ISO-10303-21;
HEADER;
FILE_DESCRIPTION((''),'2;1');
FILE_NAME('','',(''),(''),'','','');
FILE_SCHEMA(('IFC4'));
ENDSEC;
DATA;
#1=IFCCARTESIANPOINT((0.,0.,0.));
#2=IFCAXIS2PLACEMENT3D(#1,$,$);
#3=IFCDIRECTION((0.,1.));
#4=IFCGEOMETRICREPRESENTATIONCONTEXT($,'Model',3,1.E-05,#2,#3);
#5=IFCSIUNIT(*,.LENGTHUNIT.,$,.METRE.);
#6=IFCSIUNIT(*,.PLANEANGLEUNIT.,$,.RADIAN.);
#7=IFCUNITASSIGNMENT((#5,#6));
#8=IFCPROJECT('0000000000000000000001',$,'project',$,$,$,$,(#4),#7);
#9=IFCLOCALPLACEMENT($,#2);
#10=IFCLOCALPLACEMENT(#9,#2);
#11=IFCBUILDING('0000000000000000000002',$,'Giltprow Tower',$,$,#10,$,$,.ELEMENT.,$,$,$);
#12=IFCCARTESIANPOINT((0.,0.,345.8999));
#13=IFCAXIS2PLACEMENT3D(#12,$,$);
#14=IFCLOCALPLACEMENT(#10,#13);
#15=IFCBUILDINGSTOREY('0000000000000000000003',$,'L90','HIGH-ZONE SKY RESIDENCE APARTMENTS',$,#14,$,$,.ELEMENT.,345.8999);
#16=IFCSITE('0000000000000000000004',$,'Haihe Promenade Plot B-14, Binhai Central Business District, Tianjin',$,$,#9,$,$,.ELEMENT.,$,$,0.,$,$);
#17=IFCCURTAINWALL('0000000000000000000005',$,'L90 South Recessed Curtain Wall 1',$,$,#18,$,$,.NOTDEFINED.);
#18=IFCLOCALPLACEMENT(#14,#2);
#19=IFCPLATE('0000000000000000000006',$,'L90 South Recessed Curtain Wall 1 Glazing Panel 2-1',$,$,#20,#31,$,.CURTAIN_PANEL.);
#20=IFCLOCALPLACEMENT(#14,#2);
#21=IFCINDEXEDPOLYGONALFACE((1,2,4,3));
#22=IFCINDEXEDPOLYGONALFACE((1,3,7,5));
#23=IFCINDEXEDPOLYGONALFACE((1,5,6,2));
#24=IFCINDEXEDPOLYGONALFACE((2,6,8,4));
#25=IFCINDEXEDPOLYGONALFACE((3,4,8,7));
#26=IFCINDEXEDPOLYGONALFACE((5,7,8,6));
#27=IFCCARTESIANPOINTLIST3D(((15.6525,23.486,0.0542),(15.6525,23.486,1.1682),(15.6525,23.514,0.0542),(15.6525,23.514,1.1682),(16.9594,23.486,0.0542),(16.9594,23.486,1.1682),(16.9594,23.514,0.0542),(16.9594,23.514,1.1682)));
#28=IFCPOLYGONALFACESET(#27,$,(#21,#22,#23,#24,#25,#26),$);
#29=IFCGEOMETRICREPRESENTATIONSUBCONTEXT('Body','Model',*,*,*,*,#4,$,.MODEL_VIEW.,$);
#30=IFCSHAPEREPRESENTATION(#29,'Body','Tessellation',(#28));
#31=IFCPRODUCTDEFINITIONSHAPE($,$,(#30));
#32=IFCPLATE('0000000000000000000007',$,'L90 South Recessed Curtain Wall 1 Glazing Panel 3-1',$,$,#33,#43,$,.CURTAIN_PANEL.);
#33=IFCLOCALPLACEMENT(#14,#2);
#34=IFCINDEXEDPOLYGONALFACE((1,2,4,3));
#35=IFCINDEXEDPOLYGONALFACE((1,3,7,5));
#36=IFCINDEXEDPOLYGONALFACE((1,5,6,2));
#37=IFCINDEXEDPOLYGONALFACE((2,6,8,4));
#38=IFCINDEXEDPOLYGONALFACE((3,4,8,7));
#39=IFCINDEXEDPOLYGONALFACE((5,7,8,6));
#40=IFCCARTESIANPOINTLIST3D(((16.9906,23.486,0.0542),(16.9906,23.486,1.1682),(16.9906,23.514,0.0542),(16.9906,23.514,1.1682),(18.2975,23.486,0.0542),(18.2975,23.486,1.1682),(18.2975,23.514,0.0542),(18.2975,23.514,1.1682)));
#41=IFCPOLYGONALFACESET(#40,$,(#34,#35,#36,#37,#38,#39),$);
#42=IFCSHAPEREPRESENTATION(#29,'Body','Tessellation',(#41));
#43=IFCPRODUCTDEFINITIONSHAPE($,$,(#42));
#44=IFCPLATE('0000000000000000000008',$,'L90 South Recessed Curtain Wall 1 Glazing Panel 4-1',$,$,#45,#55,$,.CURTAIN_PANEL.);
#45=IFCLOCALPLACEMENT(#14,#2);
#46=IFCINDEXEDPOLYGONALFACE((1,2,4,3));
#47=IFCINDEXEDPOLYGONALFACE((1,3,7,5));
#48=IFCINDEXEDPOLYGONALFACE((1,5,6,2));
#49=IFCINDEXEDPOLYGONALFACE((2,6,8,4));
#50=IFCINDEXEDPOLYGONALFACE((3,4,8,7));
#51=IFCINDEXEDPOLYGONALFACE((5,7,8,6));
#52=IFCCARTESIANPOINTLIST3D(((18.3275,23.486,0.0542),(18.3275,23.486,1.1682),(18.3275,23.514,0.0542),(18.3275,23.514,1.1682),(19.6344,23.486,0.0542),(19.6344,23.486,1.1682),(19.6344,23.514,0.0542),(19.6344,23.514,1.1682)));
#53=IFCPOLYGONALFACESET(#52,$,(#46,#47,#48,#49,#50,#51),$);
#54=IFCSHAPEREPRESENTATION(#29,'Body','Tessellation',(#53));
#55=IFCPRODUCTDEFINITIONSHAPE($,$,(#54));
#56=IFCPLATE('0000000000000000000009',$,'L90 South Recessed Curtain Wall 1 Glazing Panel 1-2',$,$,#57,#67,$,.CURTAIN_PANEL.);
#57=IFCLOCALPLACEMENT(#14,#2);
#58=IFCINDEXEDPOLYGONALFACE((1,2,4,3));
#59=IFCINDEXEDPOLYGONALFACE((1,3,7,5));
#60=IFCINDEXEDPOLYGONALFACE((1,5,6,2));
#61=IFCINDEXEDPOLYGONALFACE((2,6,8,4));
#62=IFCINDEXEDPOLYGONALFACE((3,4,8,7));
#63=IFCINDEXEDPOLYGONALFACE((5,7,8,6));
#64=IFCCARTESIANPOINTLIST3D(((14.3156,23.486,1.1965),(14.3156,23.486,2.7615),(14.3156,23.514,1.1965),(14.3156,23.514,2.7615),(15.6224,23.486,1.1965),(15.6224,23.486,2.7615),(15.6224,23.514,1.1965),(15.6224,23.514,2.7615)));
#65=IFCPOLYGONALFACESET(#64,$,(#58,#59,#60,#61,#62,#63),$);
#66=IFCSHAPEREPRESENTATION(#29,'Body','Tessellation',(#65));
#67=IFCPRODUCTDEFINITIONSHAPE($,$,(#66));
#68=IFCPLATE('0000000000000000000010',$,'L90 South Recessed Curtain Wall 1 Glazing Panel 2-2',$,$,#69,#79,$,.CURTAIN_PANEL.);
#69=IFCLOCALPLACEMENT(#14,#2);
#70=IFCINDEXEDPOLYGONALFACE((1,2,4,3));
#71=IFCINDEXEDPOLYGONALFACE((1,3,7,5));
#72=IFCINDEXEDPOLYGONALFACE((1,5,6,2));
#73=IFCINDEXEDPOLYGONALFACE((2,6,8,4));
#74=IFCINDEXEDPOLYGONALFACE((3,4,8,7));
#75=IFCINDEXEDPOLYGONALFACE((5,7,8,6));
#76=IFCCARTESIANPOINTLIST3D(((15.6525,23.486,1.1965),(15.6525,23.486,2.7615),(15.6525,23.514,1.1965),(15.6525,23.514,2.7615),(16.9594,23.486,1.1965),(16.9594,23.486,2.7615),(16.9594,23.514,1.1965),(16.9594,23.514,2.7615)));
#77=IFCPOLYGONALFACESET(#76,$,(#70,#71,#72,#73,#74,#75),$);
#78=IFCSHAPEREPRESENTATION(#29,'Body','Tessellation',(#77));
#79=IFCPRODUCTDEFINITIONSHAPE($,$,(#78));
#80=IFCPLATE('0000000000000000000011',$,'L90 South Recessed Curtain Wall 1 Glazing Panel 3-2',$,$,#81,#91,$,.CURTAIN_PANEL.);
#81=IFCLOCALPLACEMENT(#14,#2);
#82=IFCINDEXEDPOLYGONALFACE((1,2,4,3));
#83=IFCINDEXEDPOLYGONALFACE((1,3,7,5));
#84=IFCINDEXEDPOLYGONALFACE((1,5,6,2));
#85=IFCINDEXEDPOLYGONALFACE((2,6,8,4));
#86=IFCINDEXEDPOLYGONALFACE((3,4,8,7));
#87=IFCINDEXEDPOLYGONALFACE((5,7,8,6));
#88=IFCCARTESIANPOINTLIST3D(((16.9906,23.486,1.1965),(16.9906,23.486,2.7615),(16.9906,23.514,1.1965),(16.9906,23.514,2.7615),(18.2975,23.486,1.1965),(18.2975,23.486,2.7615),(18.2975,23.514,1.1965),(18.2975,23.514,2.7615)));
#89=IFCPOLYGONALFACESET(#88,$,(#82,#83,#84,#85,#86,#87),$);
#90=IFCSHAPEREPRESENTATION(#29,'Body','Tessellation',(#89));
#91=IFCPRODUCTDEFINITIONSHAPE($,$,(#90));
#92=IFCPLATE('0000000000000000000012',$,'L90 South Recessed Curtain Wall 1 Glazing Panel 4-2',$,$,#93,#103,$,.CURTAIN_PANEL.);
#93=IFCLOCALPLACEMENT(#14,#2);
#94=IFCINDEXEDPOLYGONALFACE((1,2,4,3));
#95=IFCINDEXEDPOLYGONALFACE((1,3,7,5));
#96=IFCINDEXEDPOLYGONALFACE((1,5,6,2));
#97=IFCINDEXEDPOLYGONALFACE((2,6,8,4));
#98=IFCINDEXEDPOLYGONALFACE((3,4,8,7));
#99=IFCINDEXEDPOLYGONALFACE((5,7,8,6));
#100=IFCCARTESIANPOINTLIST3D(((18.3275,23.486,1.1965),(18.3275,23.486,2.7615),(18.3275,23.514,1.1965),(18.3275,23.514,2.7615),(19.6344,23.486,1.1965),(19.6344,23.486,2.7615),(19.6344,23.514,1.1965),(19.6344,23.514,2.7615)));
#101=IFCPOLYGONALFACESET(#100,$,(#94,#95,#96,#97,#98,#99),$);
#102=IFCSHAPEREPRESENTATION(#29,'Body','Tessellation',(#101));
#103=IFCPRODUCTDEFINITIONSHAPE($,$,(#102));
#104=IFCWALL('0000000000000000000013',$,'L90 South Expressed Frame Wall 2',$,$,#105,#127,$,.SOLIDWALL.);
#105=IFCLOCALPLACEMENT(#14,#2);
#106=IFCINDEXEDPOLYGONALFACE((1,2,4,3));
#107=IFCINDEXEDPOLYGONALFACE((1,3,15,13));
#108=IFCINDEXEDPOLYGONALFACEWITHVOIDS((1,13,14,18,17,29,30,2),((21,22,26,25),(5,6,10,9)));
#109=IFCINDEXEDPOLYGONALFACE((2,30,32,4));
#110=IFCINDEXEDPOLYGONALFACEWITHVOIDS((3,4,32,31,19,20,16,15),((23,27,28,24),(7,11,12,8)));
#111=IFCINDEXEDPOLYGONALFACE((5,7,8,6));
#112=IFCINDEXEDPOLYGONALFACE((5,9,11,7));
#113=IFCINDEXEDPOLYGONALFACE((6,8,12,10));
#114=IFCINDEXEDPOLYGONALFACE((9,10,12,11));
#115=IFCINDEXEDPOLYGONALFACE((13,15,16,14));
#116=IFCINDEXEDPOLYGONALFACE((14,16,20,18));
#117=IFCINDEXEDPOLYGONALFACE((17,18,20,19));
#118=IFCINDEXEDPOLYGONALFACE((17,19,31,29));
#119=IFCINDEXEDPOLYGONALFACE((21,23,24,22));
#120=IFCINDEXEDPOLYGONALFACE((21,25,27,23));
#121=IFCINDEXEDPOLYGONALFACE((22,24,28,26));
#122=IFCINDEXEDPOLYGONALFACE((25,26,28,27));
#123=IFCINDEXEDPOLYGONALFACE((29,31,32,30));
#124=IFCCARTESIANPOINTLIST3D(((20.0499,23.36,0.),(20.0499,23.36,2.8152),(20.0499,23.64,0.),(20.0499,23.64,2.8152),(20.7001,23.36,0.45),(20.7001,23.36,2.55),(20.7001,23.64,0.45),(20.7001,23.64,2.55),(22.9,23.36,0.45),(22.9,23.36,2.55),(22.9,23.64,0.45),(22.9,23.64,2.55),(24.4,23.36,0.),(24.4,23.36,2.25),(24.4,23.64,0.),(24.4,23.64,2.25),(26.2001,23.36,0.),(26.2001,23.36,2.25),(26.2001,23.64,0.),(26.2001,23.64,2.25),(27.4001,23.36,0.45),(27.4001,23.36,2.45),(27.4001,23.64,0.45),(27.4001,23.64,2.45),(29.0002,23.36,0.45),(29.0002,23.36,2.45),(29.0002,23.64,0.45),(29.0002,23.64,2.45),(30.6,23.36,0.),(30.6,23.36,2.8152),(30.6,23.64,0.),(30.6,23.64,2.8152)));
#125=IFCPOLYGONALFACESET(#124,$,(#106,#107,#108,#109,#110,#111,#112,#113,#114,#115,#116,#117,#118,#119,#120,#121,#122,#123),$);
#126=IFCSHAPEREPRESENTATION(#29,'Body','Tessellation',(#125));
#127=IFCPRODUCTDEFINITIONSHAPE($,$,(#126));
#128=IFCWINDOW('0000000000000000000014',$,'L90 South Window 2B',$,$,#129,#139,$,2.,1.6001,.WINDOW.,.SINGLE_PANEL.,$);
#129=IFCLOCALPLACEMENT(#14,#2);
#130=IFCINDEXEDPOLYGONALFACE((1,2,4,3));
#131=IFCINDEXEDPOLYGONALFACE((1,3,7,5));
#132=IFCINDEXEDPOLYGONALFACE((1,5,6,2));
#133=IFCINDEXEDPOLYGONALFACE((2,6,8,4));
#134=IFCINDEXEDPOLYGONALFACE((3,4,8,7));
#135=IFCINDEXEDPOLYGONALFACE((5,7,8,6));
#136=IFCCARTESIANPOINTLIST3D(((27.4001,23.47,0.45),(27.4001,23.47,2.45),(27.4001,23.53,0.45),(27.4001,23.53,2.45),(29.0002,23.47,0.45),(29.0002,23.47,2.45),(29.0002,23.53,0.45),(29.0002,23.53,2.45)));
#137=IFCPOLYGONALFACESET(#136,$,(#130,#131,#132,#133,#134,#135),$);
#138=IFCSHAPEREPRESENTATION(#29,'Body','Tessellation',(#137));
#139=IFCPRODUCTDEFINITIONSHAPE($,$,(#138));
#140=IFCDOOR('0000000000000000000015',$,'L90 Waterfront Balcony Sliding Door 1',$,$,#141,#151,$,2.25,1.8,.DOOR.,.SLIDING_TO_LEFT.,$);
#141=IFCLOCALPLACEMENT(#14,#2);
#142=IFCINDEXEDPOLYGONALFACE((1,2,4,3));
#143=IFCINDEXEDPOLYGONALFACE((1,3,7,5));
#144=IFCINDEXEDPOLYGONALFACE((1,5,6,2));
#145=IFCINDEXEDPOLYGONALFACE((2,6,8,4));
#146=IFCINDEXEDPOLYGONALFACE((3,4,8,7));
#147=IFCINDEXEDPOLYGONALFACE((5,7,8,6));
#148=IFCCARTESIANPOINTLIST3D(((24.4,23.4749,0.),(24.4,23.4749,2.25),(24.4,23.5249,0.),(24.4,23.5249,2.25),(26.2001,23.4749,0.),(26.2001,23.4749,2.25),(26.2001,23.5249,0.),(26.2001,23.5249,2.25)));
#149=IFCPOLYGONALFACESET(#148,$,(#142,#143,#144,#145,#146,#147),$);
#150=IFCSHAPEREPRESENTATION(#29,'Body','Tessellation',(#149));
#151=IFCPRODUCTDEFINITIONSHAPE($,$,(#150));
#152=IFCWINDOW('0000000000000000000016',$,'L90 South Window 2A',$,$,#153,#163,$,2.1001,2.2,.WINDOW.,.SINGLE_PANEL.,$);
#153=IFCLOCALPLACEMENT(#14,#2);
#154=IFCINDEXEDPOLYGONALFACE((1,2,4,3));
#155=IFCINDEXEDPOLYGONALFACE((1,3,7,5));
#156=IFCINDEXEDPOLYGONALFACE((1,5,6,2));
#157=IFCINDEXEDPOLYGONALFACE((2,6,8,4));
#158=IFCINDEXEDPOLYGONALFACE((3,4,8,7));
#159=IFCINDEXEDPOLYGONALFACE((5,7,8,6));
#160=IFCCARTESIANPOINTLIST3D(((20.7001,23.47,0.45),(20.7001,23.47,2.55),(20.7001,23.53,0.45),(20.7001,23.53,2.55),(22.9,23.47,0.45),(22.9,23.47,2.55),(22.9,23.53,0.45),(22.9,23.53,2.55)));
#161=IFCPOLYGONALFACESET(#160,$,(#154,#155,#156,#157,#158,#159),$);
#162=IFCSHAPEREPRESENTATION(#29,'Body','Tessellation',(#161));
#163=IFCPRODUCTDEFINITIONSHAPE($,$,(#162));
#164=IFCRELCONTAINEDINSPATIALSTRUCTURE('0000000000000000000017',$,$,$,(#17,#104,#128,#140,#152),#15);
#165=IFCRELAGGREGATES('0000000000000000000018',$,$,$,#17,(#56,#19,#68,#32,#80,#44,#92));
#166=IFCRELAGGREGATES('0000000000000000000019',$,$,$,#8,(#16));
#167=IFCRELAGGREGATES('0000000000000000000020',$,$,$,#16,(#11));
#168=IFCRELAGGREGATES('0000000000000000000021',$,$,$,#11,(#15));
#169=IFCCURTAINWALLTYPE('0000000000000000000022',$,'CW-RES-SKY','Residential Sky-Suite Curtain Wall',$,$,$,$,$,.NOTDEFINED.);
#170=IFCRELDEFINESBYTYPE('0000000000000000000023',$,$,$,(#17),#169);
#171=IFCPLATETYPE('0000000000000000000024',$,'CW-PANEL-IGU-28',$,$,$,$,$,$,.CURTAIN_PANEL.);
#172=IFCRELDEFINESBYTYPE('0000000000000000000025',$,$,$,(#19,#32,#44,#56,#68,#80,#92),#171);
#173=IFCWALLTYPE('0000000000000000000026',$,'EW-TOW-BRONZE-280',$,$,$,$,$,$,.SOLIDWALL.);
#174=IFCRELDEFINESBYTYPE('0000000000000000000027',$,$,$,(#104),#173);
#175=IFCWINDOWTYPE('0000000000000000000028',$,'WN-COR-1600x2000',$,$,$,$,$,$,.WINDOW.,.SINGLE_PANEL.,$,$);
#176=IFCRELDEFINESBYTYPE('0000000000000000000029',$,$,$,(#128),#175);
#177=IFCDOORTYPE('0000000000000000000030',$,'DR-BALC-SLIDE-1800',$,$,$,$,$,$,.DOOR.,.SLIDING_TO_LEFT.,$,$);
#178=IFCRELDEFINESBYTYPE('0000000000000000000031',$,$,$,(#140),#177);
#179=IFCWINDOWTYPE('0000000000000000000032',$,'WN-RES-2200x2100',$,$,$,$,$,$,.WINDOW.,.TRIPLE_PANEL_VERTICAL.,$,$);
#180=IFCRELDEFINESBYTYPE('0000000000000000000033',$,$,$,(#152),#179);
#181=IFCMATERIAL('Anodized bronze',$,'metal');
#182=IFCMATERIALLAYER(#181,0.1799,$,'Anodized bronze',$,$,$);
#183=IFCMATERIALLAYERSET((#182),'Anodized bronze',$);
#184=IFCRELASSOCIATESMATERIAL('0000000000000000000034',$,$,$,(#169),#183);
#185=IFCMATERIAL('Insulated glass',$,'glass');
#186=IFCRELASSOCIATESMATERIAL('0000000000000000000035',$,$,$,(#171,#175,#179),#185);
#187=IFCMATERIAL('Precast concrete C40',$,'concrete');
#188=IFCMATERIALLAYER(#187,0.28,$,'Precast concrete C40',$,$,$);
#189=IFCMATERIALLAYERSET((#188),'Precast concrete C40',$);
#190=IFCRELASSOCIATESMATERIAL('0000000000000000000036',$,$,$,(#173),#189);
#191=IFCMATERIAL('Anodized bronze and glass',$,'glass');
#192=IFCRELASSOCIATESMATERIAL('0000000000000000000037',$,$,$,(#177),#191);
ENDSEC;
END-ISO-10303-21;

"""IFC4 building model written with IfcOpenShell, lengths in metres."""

from ifc_helpers import new_model, si_unit, direction, frame, frame_2d, origin, origin_2d, place, context, subcontext, project, spatial, rectangle, extrude, source, transform, mapped, material, layer, layer_set, type_object, element, fill, aggregate, save


model = new_model("IFC4")

# Units and contexts
model_context = context("Model", 3, precision=1e-05, world=origin(), true_north=direction((0.0, 1.0)))
body_context = subcontext(model_context, "Body", "Model", "MODEL_VIEW")
ifc_project = project(units=[si_unit("LENGTHUNIT", "METRE"), si_unit("PLANEANGLEUNIT", "RADIAN")], contexts=[model_context])

# Site, building, storey
site_placement = place(None, origin())
site = spatial("IfcSite", under=ifc_project, at=site_placement, Name="Haihe Promenade Plot B-14, Binhai Central Business District, Tianjin", CompositionType="ELEMENT", RefElevation=0.0)
building_placement = place(site_placement, origin())
building = spatial("IfcBuilding", under=site, at=building_placement, Name="Giltprow Tower", CompositionType="ELEMENT")
storey_placement = place(building_placement, frame((0.0, 0.0, 345.8999)))
storey = spatial("IfcBuildingStorey", under=building, at=storey_placement, Name="L90", Description="HIGH-ZONE SKY RESIDENCE APARTMENTS", CompositionType="ELEMENT", Elevation=345.8999)

# Curtain wall
ifc_material_1 = material(Name="Anodized bronze", Category="metal")
ifc_layer_1 = layer(ifc_material_1, 0.1799, Name="Anodized bronze")
ifc_layer_set_1 = layer_set([ifc_layer_1], Name="Anodized bronze")
curtain_wall_type = type_object("IfcCurtainWallType", Name="CW-RES-SKY", Description="Residential Sky-Suite Curtain Wall", PredefinedType="NOTDEFINED", material=ifc_layer_set_1)
curtain_wall_placement = place(storey_placement, origin())
curtain_wall = element("IfcCurtainWall", 1, at=curtain_wall_placement, inside=storey, type_object=curtain_wall_type, Name="L90 South Recessed Curtain Wall 1", PredefinedType="NOTDEFINED")

# Plates
ifc_material_2 = material(Name="Insulated glass", Category="glass")
plate_type = type_object("IfcPlateType", Name="CW-PANEL-IGU-28", PredefinedType="CURTAIN_PANEL", material=ifc_material_2)
shared_shape_1 = source(origin(), body_context, "Body", "SweptSolid", [
    extrude(rectangle(XDim=1.3069, YDim=0.0281, at=origin_2d()), origin(), (0.0, 0.0, 1.0), 1.114),
])
plate_1_placement = place(storey_placement, frame((16.3059, 23.5, 0.0542), z_axis=(0.0, 0.0, 1.0), x_axis=(1.0, 0.0, 0.0)))
plate_1 = element("IfcPlate", 2, at=plate_1_placement, type_object=plate_type, Name="L90 South Recessed Curtain Wall 1 Glazing Panel 2-1", PredefinedType="CURTAIN_PANEL", context=body_context, shape_type="MappedRepresentation", body=[
    mapped(shared_shape_1, transform((0.0, 0.0, 0.0), x_axis=(1.0, 0.0, 0.0), y_axis=(0.0, 1.0, 0.0), z_axis=(0.0, 0.0, 1.0), scale=1.0)),
])
plate_2_placement = place(storey_placement, frame((17.644, 23.5, 0.0542), z_axis=(0.0, 0.0, 1.0), x_axis=(1.0, 0.0, 0.0)))
plate_2 = element("IfcPlate", 3, at=plate_2_placement, type_object=plate_type, Name="L90 South Recessed Curtain Wall 1 Glazing Panel 3-1", PredefinedType="CURTAIN_PANEL", context=body_context, shape_type="MappedRepresentation", body=[
    mapped(shared_shape_1, transform((0.0, 0.0, 0.0), x_axis=(1.0, 0.0, 0.0), y_axis=(0.0, 1.0, 0.0), z_axis=(0.0, 0.0, 1.0), scale=1.0)),
])
plate_3_placement = place(storey_placement, frame((18.981, 23.5, 0.0542), z_axis=(0.0, 0.0, 1.0), x_axis=(1.0, 0.0, 0.0)))
plate_3 = element("IfcPlate", 4, at=plate_3_placement, type_object=plate_type, Name="L90 South Recessed Curtain Wall 1 Glazing Panel 4-1", PredefinedType="CURTAIN_PANEL", context=body_context, shape_type="MappedRepresentation", body=[
    mapped(shared_shape_1, transform((0.0, 0.0, 0.0), x_axis=(1.0, 0.0, 0.0), y_axis=(0.0, 1.0, 0.0), z_axis=(0.0, 0.0, 1.0), scale=1.0)),
])
shared_shape_2 = source(origin(), body_context, "Body", "SweptSolid", [
    extrude(rectangle(XDim=1.3069, YDim=0.0281, at=origin_2d()), origin(), (0.0, 0.0, 1.0), 1.5649),
])
plate_4_placement = place(storey_placement, frame((14.969, 23.5, 1.1965), z_axis=(0.0, 0.0, 1.0), x_axis=(1.0, 0.0, 0.0)))
plate_4 = element("IfcPlate", 5, at=plate_4_placement, type_object=plate_type, Name="L90 South Recessed Curtain Wall 1 Glazing Panel 1-2", PredefinedType="CURTAIN_PANEL", context=body_context, shape_type="MappedRepresentation", body=[
    mapped(shared_shape_2, transform((0.0, 0.0, 0.0), x_axis=(1.0, 0.0, 0.0), y_axis=(0.0, 1.0, 0.0), z_axis=(0.0, 0.0, 1.0), scale=1.0)),
])
plate_5_placement = place(storey_placement, frame((16.3059, 23.5, 1.1965), z_axis=(0.0, 0.0, 1.0), x_axis=(1.0, 0.0, 0.0)))
plate_5 = element("IfcPlate", 6, at=plate_5_placement, type_object=plate_type, Name="L90 South Recessed Curtain Wall 1 Glazing Panel 2-2", PredefinedType="CURTAIN_PANEL", context=body_context, shape_type="MappedRepresentation", body=[
    mapped(shared_shape_2, transform((0.0, 0.0, 0.0), x_axis=(1.0, 0.0, 0.0), y_axis=(0.0, 1.0, 0.0), z_axis=(0.0, 0.0, 1.0), scale=1.0)),
])
plate_6_placement = place(storey_placement, frame((17.644, 23.5, 1.1965), z_axis=(0.0, 0.0, 1.0), x_axis=(1.0, 0.0, 0.0)))
plate_6 = element("IfcPlate", 7, at=plate_6_placement, type_object=plate_type, Name="L90 South Recessed Curtain Wall 1 Glazing Panel 3-2", PredefinedType="CURTAIN_PANEL", context=body_context, shape_type="MappedRepresentation", body=[
    mapped(shared_shape_2, transform((0.0, 0.0, 0.0), x_axis=(1.0, 0.0, 0.0), y_axis=(0.0, 1.0, 0.0), z_axis=(0.0, 0.0, 1.0), scale=1.0)),
])
plate_7_placement = place(storey_placement, frame((18.981, 23.5, 1.1965), z_axis=(0.0, 0.0, 1.0), x_axis=(1.0, 0.0, 0.0)))
plate_7 = element("IfcPlate", 8, at=plate_7_placement, type_object=plate_type, Name="L90 South Recessed Curtain Wall 1 Glazing Panel 4-2", PredefinedType="CURTAIN_PANEL", context=body_context, shape_type="MappedRepresentation", body=[
    mapped(shared_shape_2, transform((0.0, 0.0, 0.0), x_axis=(1.0, 0.0, 0.0), y_axis=(0.0, 1.0, 0.0), z_axis=(0.0, 0.0, 1.0), scale=1.0)),
])
aggregate(curtain_wall, [plate_4, plate_1, plate_5, plate_2, plate_6, plate_3, plate_7])

# Wall, openings, windows, door
ifc_material_3 = material(Name="Precast concrete C40", Category="concrete")
ifc_layer_2 = layer(ifc_material_3, 0.28, Name="Precast concrete C40")
ifc_layer_set_2 = layer_set([ifc_layer_2], Name="Precast concrete C40")
wall_type = type_object("IfcWallType", Name="EW-TOW-BRONZE-280", PredefinedType="SOLIDWALL", material=ifc_layer_set_2)
wall_placement = place(storey_placement, frame((20.05, 23.5, 0.0), z_axis=(0.0, 0.0, 1.0), x_axis=(1.0, 0.0, 0.0)))
wall = element("IfcWall", 9, at=wall_placement, inside=storey, type_object=wall_type, Name="L90 South Expressed Frame Wall 2", PredefinedType="SOLIDWALL", context=body_context, shape_type="SweptSolid", body=[
    extrude(rectangle(XDim=10.55, YDim=0.28, at=frame_2d((5.2749, 0.0))), origin(), (0.0, 0.0, 1.0), 2.8152),
])
opening_1_placement = place(wall_placement, frame((4.3501, 0.0, 0.0)))
opening_1 = element("IfcOpeningElement", 10, at=opening_1_placement, cuts=wall, PredefinedType="OPENING", context=body_context, shape_type="SweptSolid", body=[
    extrude(rectangle(XDim=1.8, YDim=2.25, at=frame_2d((0.8999, 1.125))), frame((0.0, 0.1499, 0.0), z_axis=(0.0, -1.0, 0.0), x_axis=(1.0, 0.0, 0.0)), (0.0, 0.0, 1.0), 0.3),
])
opening_2_placement = place(wall_placement, frame((0.6499, 0.0, 0.45)))
opening_2 = element("IfcOpeningElement", 11, at=opening_2_placement, cuts=wall, PredefinedType="OPENING", context=body_context, shape_type="SweptSolid", body=[
    extrude(rectangle(XDim=2.2, YDim=2.1001, at=frame_2d((1.1001, 1.05))), frame((0.0, 0.1499, 0.0), z_axis=(0.0, -1.0, 0.0), x_axis=(1.0, 0.0, 0.0)), (0.0, 0.0, 1.0), 0.3),
])
opening_3_placement = place(wall_placement, frame((7.3501, 0.0, 0.45)))
opening_3 = element("IfcOpeningElement", 12, at=opening_3_placement, cuts=wall, PredefinedType="OPENING", context=body_context, shape_type="SweptSolid", body=[
    extrude(rectangle(XDim=1.6001, YDim=2.0, at=frame_2d((0.8, 1.0))), frame((0.0, 0.1499, 0.0), z_axis=(0.0, -1.0, 0.0), x_axis=(1.0, 0.0, 0.0)), (0.0, 0.0, 1.0), 0.3),
])
window_type_1 = type_object("IfcWindowType", Name="WN-COR-1600x2000", PartitioningType="SINGLE_PANEL", PredefinedType="WINDOW", material=ifc_material_2)
shared_shape_3 = source(origin(), body_context, "Body", "SweptSolid", [
    extrude(rectangle(XDim=1.6001, YDim=2.0, at=frame_2d((0.8, 1.0))), frame((0.0, 0.03, 0.0), z_axis=(0.0, -1.0, 0.0), x_axis=(1.0, 0.0, 0.0)), (0.0, 0.0, 1.0), 0.0601),
])
window_1_placement = place(opening_3_placement, origin())
window_1 = element("IfcWindow", 13, at=window_1_placement, inside=storey, type_object=window_type_1, Name="L90 South Window 2B", OverallHeight=2.0, OverallWidth=1.6001, PartitioningType="SINGLE_PANEL", PredefinedType="WINDOW", context=body_context, shape_type="MappedRepresentation", body=[
    mapped(shared_shape_3, transform((0.0, 0.0, 0.0), x_axis=(1.0, 0.0, 0.0), y_axis=(0.0, 1.0, 0.0), z_axis=(0.0, 0.0, 1.0), scale=1.0)),
])
fill(opening_3, window_1)
ifc_material_4 = material(Name="Anodized bronze and glass", Category="glass")
door_type = type_object("IfcDoorType", Name="DR-BALC-SLIDE-1800", OperationType="SLIDING_TO_LEFT", PredefinedType="DOOR", material=ifc_material_4)
shared_shape_4 = source(origin(), body_context, "Body", "SweptSolid", [
    extrude(rectangle(XDim=1.8, YDim=2.25, at=frame_2d((0.8999, 1.125))), frame((0.0, 0.0249, 0.0), z_axis=(0.0, -1.0, 0.0), x_axis=(1.0, 0.0, 0.0)), (0.0, 0.0, 1.0), 0.05),
])
door_placement = place(opening_1_placement, origin())
door = element("IfcDoor", 14, at=door_placement, inside=storey, type_object=door_type, Name="L90 Waterfront Balcony Sliding Door 1", OperationType="SLIDING_TO_LEFT", OverallHeight=2.25, OverallWidth=1.8, PredefinedType="DOOR", context=body_context, shape_type="MappedRepresentation", body=[
    mapped(shared_shape_4, transform((0.0, 0.0, 0.0), x_axis=(1.0, 0.0, 0.0), y_axis=(0.0, 1.0, 0.0), z_axis=(0.0, 0.0, 1.0), scale=1.0)),
])
fill(opening_1, door)
window_type_2 = type_object("IfcWindowType", Name="WN-RES-2200x2100", PartitioningType="TRIPLE_PANEL_VERTICAL", PredefinedType="WINDOW", material=ifc_material_2)
shared_shape_5 = source(origin(), body_context, "Body", "SweptSolid", [
    extrude(rectangle(XDim=2.2, YDim=2.1001, at=frame_2d((1.1001, 1.05))), frame((0.0, 0.03, 0.0), z_axis=(0.0, -1.0, 0.0), x_axis=(1.0, 0.0, 0.0)), (0.0, 0.0, 1.0), 0.0601),
])
window_2_placement = place(opening_2_placement, origin())
window_2 = element("IfcWindow", 15, at=window_2_placement, inside=storey, type_object=window_type_2, Name="L90 South Window 2A", OverallHeight=2.1001, OverallWidth=2.2, PartitioningType="SINGLE_PANEL", PredefinedType="WINDOW", context=body_context, shape_type="MappedRepresentation", body=[
    mapped(shared_shape_5, transform((0.0, 0.0, 0.0), x_axis=(1.0, 0.0, 0.0), y_axis=(0.0, 1.0, 0.0), z_axis=(0.0, 0.0, 1.0), scale=1.0)),
])
fill(opening_2, window_2)

save(model, "model.ifc")
